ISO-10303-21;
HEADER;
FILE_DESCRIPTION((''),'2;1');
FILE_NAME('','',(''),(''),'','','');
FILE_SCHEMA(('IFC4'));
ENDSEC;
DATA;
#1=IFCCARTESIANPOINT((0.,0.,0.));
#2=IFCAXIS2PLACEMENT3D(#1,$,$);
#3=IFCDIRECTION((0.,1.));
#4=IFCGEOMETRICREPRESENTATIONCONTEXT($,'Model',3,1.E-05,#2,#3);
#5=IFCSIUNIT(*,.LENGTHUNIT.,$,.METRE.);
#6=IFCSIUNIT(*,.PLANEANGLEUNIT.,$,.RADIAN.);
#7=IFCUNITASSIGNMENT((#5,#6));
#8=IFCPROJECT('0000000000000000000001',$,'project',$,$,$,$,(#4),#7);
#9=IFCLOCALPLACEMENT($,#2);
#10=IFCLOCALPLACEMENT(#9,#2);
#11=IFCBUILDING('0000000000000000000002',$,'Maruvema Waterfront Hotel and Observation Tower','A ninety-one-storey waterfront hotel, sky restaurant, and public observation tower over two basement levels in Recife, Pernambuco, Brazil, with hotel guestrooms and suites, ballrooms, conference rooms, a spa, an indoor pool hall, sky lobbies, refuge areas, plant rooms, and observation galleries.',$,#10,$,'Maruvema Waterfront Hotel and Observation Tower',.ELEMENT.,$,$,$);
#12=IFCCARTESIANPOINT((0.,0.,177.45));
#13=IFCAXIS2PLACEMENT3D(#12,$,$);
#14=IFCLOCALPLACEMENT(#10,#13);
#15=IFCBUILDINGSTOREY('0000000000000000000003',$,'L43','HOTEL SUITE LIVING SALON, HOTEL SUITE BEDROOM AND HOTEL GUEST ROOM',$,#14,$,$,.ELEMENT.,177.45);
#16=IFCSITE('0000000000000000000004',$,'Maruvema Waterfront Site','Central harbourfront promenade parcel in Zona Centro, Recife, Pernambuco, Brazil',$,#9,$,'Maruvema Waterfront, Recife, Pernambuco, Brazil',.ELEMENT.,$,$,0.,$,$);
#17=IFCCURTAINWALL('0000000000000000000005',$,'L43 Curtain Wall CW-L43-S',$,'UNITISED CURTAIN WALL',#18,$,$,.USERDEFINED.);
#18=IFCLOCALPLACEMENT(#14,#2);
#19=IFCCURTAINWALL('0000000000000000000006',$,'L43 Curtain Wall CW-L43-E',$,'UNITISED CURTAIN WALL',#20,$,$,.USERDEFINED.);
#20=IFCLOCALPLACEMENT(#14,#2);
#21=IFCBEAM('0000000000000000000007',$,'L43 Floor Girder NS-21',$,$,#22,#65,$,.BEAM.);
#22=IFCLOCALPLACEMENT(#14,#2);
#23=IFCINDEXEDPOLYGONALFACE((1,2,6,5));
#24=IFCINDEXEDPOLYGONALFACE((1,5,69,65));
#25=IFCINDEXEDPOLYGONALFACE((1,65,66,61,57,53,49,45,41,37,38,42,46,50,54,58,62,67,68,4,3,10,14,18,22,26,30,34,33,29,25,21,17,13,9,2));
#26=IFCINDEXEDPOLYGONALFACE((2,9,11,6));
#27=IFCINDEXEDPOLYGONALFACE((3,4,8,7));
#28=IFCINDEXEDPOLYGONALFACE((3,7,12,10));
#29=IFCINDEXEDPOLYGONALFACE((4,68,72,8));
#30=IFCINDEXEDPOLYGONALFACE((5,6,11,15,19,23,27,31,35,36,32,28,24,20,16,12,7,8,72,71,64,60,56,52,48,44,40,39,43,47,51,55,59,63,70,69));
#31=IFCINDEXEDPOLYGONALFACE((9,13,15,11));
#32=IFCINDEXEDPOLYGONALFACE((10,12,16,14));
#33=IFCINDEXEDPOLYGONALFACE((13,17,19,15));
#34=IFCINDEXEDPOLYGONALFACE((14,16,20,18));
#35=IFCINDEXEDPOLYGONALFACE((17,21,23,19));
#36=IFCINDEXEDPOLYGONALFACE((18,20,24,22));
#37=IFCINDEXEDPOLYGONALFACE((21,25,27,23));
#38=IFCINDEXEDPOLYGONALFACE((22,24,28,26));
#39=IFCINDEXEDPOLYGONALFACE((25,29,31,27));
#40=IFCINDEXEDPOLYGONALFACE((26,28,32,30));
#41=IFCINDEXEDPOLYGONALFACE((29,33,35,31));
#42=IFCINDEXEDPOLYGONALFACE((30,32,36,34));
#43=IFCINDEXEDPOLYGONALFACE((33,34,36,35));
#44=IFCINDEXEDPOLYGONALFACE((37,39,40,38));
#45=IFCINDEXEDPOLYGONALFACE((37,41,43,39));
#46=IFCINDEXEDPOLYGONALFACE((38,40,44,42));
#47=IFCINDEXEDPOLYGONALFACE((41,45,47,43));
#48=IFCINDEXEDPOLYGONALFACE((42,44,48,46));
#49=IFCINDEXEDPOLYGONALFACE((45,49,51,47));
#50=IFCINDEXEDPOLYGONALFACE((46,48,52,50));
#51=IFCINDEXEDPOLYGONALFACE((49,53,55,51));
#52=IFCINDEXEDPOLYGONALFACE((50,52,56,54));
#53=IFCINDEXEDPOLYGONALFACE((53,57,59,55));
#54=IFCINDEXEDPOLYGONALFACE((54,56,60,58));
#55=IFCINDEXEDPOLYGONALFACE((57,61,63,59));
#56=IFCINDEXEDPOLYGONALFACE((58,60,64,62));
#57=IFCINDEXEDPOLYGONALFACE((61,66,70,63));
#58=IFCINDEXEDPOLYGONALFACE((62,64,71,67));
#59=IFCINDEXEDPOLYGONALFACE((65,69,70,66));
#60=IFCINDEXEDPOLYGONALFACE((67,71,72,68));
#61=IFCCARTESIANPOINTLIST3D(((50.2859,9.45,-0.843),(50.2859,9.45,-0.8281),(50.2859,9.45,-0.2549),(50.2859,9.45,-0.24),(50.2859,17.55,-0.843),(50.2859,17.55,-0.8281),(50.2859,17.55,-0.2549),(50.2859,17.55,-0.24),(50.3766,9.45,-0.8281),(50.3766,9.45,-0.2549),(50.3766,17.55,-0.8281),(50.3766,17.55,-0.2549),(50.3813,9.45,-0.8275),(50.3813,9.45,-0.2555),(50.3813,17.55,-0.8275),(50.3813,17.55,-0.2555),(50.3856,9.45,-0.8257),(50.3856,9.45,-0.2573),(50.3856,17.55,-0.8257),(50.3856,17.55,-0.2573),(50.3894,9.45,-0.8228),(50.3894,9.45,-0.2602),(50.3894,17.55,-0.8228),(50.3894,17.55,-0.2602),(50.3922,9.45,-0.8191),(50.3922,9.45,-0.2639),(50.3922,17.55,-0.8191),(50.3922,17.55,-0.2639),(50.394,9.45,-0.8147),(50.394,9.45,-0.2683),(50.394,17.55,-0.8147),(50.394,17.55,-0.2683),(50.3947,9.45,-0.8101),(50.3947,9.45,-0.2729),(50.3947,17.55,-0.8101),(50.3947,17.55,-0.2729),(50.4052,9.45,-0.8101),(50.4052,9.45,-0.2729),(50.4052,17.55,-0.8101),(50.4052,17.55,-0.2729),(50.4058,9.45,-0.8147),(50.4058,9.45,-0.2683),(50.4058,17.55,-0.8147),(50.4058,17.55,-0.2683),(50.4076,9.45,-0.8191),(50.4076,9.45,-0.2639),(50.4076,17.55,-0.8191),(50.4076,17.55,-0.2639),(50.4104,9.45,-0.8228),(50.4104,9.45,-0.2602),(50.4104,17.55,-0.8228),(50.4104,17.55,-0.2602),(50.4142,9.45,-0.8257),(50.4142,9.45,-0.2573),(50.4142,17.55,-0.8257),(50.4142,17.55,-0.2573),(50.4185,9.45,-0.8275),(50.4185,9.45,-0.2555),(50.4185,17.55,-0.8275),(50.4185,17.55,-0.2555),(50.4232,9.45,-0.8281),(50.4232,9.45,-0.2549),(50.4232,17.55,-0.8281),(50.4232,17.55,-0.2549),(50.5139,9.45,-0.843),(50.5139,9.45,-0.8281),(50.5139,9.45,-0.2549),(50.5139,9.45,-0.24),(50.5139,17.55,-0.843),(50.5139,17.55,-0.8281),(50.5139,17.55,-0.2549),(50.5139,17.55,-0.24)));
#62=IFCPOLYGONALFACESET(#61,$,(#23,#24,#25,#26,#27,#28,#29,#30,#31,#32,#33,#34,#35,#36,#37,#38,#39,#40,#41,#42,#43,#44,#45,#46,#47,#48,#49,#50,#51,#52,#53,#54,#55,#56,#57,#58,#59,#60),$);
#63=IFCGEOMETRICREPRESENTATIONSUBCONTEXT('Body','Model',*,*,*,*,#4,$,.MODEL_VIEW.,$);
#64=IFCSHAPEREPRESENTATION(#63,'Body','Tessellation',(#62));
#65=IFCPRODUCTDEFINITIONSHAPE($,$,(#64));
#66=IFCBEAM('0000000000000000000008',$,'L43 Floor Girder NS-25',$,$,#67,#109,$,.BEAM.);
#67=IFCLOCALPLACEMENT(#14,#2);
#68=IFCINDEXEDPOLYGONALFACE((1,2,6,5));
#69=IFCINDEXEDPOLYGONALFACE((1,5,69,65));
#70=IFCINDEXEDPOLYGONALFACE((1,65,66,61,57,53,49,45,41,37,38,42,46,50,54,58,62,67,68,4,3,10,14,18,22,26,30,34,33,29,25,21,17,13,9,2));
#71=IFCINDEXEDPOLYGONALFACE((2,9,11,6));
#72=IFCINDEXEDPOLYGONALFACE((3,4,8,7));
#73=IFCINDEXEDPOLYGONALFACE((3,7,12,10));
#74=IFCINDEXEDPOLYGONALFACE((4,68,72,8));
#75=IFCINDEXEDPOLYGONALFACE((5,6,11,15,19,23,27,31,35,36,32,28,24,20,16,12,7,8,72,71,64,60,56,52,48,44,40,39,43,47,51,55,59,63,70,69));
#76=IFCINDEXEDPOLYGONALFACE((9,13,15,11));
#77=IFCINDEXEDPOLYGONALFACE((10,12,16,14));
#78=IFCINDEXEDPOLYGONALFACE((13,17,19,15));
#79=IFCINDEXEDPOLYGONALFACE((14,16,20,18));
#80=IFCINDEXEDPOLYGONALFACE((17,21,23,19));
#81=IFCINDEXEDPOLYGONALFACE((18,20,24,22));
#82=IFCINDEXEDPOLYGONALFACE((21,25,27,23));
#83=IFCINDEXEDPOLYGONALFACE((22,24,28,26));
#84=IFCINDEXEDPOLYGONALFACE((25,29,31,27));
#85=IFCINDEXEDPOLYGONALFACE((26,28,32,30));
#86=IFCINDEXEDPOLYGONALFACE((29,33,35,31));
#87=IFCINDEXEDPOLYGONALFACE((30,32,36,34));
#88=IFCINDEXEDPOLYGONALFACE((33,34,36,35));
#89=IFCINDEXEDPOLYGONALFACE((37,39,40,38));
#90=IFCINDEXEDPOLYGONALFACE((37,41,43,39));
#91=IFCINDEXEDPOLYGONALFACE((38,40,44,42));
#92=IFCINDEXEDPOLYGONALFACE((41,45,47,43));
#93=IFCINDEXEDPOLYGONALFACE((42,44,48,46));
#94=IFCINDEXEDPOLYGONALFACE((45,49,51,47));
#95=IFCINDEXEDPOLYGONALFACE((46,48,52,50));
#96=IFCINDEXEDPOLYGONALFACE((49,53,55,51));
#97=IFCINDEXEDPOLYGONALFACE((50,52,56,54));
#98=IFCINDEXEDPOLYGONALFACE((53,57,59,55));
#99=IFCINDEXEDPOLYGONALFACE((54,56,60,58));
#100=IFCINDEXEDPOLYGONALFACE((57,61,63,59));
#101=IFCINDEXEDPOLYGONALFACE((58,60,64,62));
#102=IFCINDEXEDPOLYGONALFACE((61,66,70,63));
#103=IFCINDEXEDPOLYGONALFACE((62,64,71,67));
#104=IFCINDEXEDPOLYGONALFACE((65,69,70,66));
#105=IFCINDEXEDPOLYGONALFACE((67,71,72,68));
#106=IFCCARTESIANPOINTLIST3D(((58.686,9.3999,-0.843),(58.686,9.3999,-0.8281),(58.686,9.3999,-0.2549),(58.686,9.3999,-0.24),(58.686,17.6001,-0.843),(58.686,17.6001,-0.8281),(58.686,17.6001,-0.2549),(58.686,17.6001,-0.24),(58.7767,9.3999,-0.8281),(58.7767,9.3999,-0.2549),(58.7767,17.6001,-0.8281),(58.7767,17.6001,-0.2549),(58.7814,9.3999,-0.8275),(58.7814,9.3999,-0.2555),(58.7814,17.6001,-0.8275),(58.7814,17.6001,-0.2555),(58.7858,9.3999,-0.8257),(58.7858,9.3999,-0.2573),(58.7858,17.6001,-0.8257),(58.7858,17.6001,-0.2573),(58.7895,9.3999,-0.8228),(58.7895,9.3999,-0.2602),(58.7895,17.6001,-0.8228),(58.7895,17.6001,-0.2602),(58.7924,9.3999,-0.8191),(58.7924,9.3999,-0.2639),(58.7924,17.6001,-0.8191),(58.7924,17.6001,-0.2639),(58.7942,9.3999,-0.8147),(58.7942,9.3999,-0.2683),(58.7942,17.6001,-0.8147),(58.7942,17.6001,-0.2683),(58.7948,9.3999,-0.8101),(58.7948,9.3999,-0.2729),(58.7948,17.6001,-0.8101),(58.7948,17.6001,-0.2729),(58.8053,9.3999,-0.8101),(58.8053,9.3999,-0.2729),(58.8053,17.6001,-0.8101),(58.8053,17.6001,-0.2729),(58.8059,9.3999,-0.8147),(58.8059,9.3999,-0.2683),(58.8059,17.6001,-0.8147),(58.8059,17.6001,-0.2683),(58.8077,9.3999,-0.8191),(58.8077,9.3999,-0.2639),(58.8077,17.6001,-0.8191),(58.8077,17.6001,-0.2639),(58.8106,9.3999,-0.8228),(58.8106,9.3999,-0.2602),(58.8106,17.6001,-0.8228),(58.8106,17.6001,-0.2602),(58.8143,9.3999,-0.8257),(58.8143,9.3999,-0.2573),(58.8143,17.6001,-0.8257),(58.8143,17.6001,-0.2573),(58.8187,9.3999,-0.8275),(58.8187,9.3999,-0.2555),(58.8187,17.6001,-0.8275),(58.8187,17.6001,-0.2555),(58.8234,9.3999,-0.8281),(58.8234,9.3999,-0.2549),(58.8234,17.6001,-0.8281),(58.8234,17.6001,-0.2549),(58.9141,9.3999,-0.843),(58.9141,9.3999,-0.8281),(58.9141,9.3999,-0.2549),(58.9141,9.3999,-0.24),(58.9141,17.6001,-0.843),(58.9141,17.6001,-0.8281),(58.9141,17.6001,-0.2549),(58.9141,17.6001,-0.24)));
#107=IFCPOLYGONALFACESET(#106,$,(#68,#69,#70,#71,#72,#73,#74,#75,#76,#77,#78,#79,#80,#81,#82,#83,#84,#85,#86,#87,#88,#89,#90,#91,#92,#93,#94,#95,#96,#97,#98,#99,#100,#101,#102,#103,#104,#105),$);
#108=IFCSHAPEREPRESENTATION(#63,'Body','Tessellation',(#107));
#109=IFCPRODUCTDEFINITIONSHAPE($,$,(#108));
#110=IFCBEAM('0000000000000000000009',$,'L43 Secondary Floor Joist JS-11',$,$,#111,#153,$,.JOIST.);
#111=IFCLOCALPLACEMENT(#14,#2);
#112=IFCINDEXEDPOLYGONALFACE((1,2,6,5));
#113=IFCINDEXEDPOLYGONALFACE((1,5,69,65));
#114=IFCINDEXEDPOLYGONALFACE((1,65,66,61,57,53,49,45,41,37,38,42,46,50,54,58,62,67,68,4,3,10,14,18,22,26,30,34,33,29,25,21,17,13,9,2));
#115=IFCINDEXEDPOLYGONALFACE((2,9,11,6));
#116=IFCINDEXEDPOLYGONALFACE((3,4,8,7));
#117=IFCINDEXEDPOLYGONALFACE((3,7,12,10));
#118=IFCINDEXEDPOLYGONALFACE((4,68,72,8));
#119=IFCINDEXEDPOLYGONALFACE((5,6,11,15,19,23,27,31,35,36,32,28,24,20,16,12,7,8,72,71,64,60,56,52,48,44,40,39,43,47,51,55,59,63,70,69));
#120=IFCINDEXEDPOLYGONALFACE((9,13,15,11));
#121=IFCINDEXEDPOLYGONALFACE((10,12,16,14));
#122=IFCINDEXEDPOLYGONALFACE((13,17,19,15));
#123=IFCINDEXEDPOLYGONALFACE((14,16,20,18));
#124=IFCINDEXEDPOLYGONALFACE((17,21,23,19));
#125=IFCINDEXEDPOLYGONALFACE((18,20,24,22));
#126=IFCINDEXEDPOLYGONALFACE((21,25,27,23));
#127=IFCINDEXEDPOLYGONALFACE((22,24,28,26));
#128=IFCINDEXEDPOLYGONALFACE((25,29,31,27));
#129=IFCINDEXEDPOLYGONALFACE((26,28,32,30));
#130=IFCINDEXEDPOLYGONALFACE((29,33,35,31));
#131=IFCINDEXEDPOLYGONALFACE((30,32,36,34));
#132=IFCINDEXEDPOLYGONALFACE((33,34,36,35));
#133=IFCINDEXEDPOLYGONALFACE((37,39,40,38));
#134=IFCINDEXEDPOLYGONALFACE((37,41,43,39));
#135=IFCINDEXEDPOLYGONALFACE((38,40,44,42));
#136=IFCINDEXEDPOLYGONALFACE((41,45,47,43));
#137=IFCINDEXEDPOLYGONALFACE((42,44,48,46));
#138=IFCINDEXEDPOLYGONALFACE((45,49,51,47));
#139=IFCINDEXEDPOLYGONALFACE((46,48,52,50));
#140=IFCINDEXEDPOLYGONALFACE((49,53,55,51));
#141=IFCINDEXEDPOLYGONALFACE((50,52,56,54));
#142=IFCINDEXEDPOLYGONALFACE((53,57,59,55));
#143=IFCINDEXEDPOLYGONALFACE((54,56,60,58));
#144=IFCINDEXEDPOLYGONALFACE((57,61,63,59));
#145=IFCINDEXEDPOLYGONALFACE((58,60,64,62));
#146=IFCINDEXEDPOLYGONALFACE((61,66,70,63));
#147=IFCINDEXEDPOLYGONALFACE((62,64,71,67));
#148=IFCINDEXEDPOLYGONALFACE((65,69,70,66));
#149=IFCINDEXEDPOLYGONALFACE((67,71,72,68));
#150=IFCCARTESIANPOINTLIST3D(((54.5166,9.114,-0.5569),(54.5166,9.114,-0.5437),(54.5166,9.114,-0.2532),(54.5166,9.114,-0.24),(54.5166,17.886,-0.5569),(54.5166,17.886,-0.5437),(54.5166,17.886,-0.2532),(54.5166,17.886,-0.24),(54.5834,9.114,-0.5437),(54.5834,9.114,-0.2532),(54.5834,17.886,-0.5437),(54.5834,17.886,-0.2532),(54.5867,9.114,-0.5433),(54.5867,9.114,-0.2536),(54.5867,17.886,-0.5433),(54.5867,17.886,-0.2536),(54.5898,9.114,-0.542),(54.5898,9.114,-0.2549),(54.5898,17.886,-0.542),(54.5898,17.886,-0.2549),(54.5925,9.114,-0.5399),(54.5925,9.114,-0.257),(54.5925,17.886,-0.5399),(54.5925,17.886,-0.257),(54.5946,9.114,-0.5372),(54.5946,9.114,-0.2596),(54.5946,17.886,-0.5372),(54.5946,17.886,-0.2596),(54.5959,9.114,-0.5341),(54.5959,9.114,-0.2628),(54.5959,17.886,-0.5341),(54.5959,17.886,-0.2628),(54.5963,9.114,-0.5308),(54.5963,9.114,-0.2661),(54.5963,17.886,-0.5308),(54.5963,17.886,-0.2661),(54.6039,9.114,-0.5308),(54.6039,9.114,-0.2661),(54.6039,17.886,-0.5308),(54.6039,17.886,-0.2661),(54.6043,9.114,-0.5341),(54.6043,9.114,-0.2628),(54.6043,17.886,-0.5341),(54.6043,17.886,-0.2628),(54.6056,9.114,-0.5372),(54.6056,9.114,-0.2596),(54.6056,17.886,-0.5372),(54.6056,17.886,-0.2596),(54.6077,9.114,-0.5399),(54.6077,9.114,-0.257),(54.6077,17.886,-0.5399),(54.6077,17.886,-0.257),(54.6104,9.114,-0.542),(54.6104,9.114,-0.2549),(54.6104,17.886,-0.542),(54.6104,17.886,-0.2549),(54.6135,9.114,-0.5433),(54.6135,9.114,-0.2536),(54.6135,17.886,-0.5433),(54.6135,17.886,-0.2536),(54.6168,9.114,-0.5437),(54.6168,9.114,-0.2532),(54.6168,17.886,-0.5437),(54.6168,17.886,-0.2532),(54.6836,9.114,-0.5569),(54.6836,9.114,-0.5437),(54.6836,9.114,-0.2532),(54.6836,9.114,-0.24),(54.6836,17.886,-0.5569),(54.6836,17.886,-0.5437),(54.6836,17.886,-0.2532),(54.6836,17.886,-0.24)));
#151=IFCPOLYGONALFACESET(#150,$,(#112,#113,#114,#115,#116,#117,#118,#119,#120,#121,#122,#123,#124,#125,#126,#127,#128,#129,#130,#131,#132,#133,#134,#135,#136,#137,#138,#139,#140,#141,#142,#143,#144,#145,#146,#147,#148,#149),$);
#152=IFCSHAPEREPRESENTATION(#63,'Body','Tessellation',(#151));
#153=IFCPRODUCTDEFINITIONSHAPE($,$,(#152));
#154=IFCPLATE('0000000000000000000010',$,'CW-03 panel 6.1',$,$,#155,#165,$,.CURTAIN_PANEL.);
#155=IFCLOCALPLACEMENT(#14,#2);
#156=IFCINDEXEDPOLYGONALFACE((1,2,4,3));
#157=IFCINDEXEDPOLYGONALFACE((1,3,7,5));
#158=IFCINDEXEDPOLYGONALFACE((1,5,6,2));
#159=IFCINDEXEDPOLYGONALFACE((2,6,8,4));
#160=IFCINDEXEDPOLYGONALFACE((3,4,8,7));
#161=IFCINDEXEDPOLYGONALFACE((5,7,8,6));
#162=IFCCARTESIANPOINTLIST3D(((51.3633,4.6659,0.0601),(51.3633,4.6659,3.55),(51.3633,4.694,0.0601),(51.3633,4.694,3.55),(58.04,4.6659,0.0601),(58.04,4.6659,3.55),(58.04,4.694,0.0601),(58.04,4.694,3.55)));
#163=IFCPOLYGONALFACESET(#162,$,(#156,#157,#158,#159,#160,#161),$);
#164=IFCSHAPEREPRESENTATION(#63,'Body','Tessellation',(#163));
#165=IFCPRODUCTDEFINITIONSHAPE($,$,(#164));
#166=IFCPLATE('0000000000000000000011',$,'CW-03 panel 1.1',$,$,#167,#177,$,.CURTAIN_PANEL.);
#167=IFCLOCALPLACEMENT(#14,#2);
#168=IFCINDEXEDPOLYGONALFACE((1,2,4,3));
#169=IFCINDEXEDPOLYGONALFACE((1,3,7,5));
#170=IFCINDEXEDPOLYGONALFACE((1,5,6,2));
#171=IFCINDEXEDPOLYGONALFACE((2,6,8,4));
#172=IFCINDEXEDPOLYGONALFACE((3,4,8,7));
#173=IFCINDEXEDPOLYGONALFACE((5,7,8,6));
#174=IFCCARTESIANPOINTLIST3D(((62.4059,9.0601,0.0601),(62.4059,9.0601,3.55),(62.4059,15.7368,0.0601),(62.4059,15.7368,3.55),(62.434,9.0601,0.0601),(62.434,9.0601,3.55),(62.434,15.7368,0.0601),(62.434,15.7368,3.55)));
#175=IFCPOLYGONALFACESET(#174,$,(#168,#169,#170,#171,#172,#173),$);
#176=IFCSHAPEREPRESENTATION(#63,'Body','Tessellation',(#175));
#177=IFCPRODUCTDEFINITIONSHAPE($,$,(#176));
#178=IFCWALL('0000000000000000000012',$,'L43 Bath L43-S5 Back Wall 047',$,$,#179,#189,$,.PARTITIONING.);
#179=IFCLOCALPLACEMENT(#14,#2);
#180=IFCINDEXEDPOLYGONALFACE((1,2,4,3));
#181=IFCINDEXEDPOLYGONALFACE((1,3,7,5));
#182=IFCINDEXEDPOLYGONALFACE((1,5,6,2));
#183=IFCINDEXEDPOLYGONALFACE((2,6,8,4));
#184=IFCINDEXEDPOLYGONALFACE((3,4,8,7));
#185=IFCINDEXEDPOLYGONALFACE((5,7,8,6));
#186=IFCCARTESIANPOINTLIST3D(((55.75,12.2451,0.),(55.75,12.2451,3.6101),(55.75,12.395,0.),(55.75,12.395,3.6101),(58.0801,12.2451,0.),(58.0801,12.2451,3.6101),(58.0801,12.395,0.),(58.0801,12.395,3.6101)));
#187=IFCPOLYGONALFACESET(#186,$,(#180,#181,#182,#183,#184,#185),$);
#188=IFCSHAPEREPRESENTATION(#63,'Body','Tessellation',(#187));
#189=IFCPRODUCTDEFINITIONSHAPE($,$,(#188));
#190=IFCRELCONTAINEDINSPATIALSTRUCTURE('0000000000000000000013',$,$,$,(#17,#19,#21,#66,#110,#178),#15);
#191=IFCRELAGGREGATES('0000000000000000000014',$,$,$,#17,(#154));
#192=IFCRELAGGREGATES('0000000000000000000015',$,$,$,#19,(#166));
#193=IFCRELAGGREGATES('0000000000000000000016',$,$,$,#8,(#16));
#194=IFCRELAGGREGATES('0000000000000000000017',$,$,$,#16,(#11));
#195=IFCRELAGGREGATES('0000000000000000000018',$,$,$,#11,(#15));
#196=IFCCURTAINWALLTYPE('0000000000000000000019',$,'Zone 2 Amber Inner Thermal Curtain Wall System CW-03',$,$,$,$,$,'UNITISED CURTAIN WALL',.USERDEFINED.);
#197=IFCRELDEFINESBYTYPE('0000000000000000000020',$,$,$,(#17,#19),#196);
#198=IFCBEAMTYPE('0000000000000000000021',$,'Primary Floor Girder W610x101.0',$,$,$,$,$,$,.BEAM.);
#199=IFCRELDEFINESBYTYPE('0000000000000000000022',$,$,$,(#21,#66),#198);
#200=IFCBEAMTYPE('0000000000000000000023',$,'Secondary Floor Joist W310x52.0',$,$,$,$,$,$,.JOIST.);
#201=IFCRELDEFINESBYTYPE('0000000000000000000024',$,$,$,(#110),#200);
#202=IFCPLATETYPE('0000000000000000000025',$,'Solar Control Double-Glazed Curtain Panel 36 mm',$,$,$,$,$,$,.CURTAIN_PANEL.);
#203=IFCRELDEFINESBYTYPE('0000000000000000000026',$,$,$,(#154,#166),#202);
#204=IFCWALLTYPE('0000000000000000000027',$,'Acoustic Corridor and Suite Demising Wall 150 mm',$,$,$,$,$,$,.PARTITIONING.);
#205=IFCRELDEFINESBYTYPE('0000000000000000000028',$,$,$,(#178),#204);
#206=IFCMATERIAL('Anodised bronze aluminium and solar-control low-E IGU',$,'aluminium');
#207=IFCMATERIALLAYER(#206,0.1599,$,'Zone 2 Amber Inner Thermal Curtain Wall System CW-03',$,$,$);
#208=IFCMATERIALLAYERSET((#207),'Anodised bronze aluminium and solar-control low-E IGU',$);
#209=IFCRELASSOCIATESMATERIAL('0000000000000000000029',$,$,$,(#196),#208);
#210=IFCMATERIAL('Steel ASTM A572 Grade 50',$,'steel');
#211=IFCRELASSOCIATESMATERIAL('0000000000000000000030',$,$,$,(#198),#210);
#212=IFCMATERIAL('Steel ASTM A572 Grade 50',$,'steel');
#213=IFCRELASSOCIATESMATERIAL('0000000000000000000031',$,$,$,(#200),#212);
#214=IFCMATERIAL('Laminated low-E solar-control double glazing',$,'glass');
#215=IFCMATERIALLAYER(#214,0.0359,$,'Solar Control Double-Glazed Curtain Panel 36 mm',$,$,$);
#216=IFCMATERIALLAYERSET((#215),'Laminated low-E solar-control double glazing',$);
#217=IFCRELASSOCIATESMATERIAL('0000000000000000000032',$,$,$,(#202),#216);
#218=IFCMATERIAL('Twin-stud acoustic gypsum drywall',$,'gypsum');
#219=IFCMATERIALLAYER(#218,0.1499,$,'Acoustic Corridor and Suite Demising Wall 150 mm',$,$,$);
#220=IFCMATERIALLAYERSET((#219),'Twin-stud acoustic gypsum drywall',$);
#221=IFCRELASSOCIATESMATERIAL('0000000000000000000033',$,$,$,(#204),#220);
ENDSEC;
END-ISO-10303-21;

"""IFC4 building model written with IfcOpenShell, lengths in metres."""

from ifc_helpers import new_model, si_unit, direction, frame, frame_2d, origin, origin_2d, place, context, subcontext, project, spatial, rectangle, i_section, extrude, material, layer, layer_set, material_profile, profile_set, type_object, element, aggregate, save


model = new_model("IFC4")

# Units and contexts
model_context = context("Model", 3, precision=1e-05, world=origin(), true_north=direction((0.0, 1.0)))
body_context = subcontext(model_context, "Body", "Model", "MODEL_VIEW")
ifc_project = project(units=[si_unit("LENGTHUNIT", "METRE"), si_unit("PLANEANGLEUNIT", "RADIAN")], contexts=[model_context])

# Site, building, storey
site_placement = place(None, origin())
site = spatial("IfcSite", under=ifc_project, at=site_placement, Name="Maruvema Waterfront Site", Description="Central harbourfront promenade parcel in Zona Centro, Recife, Pernambuco, Brazil", LongName="Maruvema Waterfront, Recife, Pernambuco, Brazil", CompositionType="ELEMENT", RefElevation=0.0)
building_placement = place(site_placement, origin())
building = spatial("IfcBuilding", under=site, at=building_placement, Name="Maruvema Waterfront Hotel and Observation Tower", Description="A ninety-one-storey waterfront hotel, sky restaurant, and public observation tower over two basement levels in Recife, Pernambuco, Brazil, with hotel guestrooms and suites, ballrooms, conference rooms, a spa, an indoor pool hall, sky lobbies, refuge areas, plant rooms, and observation galleries.", LongName="Maruvema Waterfront Hotel and Observation Tower", CompositionType="ELEMENT")
storey_placement = place(building_placement, frame((0.0, 0.0, 177.45)))
storey = spatial("IfcBuildingStorey", under=building, at=storey_placement, Name="L43", Description="HOTEL SUITE LIVING SALON, HOTEL SUITE BEDROOM AND HOTEL GUEST ROOM", CompositionType="ELEMENT", Elevation=177.45)

# Curtain walls
ifc_material_1 = material(Name="Anodised bronze aluminium and solar-control low-E IGU", Category="aluminium")
ifc_layer_1 = layer(ifc_material_1, 0.1599, Name="Zone 2 Amber Inner Thermal Curtain Wall System CW-03")
ifc_layer_set_1 = layer_set([ifc_layer_1], Name="Anodised bronze aluminium and solar-control low-E IGU")
curtain_wall_type = type_object("IfcCurtainWallType", Name="Zone 2 Amber Inner Thermal Curtain Wall System CW-03", ElementType="UNITISED CURTAIN WALL", PredefinedType="USERDEFINED", material=ifc_layer_set_1)
curtain_wall_1_placement = place(storey_placement, origin())
curtain_wall_1 = element("IfcCurtainWall", 1, at=curtain_wall_1_placement, inside=storey, type_object=curtain_wall_type, Name="L43 Curtain Wall CW-L43-S", ObjectType="UNITISED CURTAIN WALL", PredefinedType="USERDEFINED")
curtain_wall_2_placement = place(storey_placement, origin())
curtain_wall_2 = element("IfcCurtainWall", 2, at=curtain_wall_2_placement, inside=storey, type_object=curtain_wall_type, Name="L43 Curtain Wall CW-L43-E", ObjectType="UNITISED CURTAIN WALL", PredefinedType="USERDEFINED")

# Beams
ifc_material_2 = material(Name="Steel ASTM A572 Grade 50", Category="steel")
ifc_material_profile_1 = material_profile(ifc_material_2, i_section(OverallWidth=0.228, OverallDepth=0.603, WebThickness=0.0105, FlangeThickness=0.0149, FilletRadius=0.0181, at=origin_2d()), Name="W610x101.0")
ifc_profile_set_1 = profile_set([ifc_material_profile_1], Name="Steel ASTM A572 Grade 50")
beam_type_1 = type_object("IfcBeamType", Name="Primary Floor Girder W610x101.0", PredefinedType="BEAM", material=ifc_profile_set_1)
beam_1_placement = place(storey_placement, frame((50.3999, 9.45, -0.5415), z_axis=(0.0, 1.0, 0.0), x_axis=(-1.0, 0.0, 0.0)))
element("IfcBeam", 3, at=beam_1_placement, inside=storey, type_object=beam_type_1, Name="L43 Floor Girder NS-21", PredefinedType="BEAM", context=body_context, shape_type="SweptSolid", body=[
    extrude(i_section(OverallWidth=0.228, OverallDepth=0.603, WebThickness=0.0105, FlangeThickness=0.0149, FilletRadius=0.0181, at=origin_2d()), origin(), (0.0, 0.0, 1.0), 8.1001),
])
beam_2_placement = place(storey_placement, frame((58.8, 9.3999, -0.5415), z_axis=(0.0, 1.0, 0.0), x_axis=(-1.0, 0.0, 0.0)))
element("IfcBeam", 4, at=beam_2_placement, inside=storey, type_object=beam_type_1, Name="L43 Floor Girder NS-25", PredefinedType="BEAM", context=body_context, shape_type="SweptSolid", body=[
    extrude(i_section(OverallWidth=0.228, OverallDepth=0.603, WebThickness=0.0105, FlangeThickness=0.0149, FilletRadius=0.0181, at=origin_2d()), origin(), (0.0, 0.0, 1.0), 8.2002),
])
ifc_material_3 = material(Name="Steel ASTM A572 Grade 50", Category="steel")
ifc_material_profile_2 = material_profile(ifc_material_3, i_section(OverallWidth=0.167, OverallDepth=0.3169, WebThickness=0.0076, FlangeThickness=0.0132, FilletRadius=0.0129, at=origin_2d()), Name="W310x52.0")
ifc_profile_set_2 = profile_set([ifc_material_profile_2], Name="Steel ASTM A572 Grade 50")
beam_type_2 = type_object("IfcBeamType", Name="Secondary Floor Joist W310x52.0", PredefinedType="JOIST", material=ifc_profile_set_2)
beam_3_placement = place(storey_placement, frame((54.6001, 9.114, -0.3984), z_axis=(0.0, 1.0, 0.0), x_axis=(-1.0, 0.0, 0.0)))
element("IfcBeam", 5, at=beam_3_placement, inside=storey, type_object=beam_type_2, Name="L43 Secondary Floor Joist JS-11", PredefinedType="JOIST", context=body_context, shape_type="SweptSolid", body=[
    extrude(i_section(OverallWidth=0.167, OverallDepth=0.3169, WebThickness=0.0076, FlangeThickness=0.0132, FilletRadius=0.0129, at=origin_2d()), origin(), (0.0, 0.0, 1.0), 8.772),
])

# Plates
ifc_material_4 = material(Name="Laminated low-E solar-control double glazing", Category="glass")
ifc_layer_2 = layer(ifc_material_4, 0.0359, Name="Solar Control Double-Glazed Curtain Panel 36 mm")
ifc_layer_set_2 = layer_set([ifc_layer_2], Name="Laminated low-E solar-control double glazing")
plate_type = type_object("IfcPlateType", Name="Solar Control Double-Glazed Curtain Panel 36 mm", PredefinedType="CURTAIN_PANEL", material=ifc_layer_set_2)
plate_1_placement = place(storey_placement, frame((54.7017, 4.6799, 0.0601), z_axis=(0.0, 0.0, 1.0), x_axis=(1.0, 0.0, 0.0)))
plate_1 = element("IfcPlate", 6, at=plate_1_placement, type_object=plate_type, Name="CW-03 panel 6.1", PredefinedType="CURTAIN_PANEL", context=body_context, shape_type="SweptSolid", body=[
    extrude(rectangle(XDim=6.6768, YDim=0.0281, at=origin_2d()), origin(), (0.0, 0.0, 1.0), 3.49),
])
aggregate(curtain_wall_1, [plate_1])
plate_2_placement = place(storey_placement, frame((62.4199, 12.3984, 0.0601), z_axis=(0.0, 0.0, 1.0), x_axis=(0.0, 1.0, 0.0)))
plate_2 = element("IfcPlate", 7, at=plate_2_placement, type_object=plate_type, Name="CW-03 panel 1.1", PredefinedType="CURTAIN_PANEL", context=body_context, shape_type="SweptSolid", body=[
    extrude(rectangle(XDim=6.6768, YDim=0.0281, at=origin_2d()), origin(), (0.0, 0.0, 1.0), 3.49),
])
aggregate(curtain_wall_2, [plate_2])

# Wall
ifc_material_5 = material(Name="Twin-stud acoustic gypsum drywall", Category="gypsum")
ifc_layer_3 = layer(ifc_material_5, 0.1499, Name="Acoustic Corridor and Suite Demising Wall 150 mm")
ifc_layer_set_3 = layer_set([ifc_layer_3], Name="Twin-stud acoustic gypsum drywall")
wall_type_1 = type_object("IfcWallType", Name="Acoustic Corridor and Suite Demising Wall 150 mm", PredefinedType="PARTITIONING", material=ifc_layer_set_3)
wall_1_placement = place(storey_placement, frame((55.75, 12.3201, 0.0), z_axis=(0.0, 0.0, 1.0), x_axis=(1.0, 0.0, 0.0)))
element("IfcWall", 8, at=wall_1_placement, inside=storey, type_object=wall_type_1, Name="L43 Bath L43-S5 Back Wall 047", PredefinedType="PARTITIONING", context=body_context, shape_type="SweptSolid", body=[
    extrude(rectangle(XDim=2.3301, YDim=0.1499, at=frame_2d((1.165, 0.0))), origin(), (0.0, 0.0, 1.0), 3.6101),
])

save(model, "model.ifc")
